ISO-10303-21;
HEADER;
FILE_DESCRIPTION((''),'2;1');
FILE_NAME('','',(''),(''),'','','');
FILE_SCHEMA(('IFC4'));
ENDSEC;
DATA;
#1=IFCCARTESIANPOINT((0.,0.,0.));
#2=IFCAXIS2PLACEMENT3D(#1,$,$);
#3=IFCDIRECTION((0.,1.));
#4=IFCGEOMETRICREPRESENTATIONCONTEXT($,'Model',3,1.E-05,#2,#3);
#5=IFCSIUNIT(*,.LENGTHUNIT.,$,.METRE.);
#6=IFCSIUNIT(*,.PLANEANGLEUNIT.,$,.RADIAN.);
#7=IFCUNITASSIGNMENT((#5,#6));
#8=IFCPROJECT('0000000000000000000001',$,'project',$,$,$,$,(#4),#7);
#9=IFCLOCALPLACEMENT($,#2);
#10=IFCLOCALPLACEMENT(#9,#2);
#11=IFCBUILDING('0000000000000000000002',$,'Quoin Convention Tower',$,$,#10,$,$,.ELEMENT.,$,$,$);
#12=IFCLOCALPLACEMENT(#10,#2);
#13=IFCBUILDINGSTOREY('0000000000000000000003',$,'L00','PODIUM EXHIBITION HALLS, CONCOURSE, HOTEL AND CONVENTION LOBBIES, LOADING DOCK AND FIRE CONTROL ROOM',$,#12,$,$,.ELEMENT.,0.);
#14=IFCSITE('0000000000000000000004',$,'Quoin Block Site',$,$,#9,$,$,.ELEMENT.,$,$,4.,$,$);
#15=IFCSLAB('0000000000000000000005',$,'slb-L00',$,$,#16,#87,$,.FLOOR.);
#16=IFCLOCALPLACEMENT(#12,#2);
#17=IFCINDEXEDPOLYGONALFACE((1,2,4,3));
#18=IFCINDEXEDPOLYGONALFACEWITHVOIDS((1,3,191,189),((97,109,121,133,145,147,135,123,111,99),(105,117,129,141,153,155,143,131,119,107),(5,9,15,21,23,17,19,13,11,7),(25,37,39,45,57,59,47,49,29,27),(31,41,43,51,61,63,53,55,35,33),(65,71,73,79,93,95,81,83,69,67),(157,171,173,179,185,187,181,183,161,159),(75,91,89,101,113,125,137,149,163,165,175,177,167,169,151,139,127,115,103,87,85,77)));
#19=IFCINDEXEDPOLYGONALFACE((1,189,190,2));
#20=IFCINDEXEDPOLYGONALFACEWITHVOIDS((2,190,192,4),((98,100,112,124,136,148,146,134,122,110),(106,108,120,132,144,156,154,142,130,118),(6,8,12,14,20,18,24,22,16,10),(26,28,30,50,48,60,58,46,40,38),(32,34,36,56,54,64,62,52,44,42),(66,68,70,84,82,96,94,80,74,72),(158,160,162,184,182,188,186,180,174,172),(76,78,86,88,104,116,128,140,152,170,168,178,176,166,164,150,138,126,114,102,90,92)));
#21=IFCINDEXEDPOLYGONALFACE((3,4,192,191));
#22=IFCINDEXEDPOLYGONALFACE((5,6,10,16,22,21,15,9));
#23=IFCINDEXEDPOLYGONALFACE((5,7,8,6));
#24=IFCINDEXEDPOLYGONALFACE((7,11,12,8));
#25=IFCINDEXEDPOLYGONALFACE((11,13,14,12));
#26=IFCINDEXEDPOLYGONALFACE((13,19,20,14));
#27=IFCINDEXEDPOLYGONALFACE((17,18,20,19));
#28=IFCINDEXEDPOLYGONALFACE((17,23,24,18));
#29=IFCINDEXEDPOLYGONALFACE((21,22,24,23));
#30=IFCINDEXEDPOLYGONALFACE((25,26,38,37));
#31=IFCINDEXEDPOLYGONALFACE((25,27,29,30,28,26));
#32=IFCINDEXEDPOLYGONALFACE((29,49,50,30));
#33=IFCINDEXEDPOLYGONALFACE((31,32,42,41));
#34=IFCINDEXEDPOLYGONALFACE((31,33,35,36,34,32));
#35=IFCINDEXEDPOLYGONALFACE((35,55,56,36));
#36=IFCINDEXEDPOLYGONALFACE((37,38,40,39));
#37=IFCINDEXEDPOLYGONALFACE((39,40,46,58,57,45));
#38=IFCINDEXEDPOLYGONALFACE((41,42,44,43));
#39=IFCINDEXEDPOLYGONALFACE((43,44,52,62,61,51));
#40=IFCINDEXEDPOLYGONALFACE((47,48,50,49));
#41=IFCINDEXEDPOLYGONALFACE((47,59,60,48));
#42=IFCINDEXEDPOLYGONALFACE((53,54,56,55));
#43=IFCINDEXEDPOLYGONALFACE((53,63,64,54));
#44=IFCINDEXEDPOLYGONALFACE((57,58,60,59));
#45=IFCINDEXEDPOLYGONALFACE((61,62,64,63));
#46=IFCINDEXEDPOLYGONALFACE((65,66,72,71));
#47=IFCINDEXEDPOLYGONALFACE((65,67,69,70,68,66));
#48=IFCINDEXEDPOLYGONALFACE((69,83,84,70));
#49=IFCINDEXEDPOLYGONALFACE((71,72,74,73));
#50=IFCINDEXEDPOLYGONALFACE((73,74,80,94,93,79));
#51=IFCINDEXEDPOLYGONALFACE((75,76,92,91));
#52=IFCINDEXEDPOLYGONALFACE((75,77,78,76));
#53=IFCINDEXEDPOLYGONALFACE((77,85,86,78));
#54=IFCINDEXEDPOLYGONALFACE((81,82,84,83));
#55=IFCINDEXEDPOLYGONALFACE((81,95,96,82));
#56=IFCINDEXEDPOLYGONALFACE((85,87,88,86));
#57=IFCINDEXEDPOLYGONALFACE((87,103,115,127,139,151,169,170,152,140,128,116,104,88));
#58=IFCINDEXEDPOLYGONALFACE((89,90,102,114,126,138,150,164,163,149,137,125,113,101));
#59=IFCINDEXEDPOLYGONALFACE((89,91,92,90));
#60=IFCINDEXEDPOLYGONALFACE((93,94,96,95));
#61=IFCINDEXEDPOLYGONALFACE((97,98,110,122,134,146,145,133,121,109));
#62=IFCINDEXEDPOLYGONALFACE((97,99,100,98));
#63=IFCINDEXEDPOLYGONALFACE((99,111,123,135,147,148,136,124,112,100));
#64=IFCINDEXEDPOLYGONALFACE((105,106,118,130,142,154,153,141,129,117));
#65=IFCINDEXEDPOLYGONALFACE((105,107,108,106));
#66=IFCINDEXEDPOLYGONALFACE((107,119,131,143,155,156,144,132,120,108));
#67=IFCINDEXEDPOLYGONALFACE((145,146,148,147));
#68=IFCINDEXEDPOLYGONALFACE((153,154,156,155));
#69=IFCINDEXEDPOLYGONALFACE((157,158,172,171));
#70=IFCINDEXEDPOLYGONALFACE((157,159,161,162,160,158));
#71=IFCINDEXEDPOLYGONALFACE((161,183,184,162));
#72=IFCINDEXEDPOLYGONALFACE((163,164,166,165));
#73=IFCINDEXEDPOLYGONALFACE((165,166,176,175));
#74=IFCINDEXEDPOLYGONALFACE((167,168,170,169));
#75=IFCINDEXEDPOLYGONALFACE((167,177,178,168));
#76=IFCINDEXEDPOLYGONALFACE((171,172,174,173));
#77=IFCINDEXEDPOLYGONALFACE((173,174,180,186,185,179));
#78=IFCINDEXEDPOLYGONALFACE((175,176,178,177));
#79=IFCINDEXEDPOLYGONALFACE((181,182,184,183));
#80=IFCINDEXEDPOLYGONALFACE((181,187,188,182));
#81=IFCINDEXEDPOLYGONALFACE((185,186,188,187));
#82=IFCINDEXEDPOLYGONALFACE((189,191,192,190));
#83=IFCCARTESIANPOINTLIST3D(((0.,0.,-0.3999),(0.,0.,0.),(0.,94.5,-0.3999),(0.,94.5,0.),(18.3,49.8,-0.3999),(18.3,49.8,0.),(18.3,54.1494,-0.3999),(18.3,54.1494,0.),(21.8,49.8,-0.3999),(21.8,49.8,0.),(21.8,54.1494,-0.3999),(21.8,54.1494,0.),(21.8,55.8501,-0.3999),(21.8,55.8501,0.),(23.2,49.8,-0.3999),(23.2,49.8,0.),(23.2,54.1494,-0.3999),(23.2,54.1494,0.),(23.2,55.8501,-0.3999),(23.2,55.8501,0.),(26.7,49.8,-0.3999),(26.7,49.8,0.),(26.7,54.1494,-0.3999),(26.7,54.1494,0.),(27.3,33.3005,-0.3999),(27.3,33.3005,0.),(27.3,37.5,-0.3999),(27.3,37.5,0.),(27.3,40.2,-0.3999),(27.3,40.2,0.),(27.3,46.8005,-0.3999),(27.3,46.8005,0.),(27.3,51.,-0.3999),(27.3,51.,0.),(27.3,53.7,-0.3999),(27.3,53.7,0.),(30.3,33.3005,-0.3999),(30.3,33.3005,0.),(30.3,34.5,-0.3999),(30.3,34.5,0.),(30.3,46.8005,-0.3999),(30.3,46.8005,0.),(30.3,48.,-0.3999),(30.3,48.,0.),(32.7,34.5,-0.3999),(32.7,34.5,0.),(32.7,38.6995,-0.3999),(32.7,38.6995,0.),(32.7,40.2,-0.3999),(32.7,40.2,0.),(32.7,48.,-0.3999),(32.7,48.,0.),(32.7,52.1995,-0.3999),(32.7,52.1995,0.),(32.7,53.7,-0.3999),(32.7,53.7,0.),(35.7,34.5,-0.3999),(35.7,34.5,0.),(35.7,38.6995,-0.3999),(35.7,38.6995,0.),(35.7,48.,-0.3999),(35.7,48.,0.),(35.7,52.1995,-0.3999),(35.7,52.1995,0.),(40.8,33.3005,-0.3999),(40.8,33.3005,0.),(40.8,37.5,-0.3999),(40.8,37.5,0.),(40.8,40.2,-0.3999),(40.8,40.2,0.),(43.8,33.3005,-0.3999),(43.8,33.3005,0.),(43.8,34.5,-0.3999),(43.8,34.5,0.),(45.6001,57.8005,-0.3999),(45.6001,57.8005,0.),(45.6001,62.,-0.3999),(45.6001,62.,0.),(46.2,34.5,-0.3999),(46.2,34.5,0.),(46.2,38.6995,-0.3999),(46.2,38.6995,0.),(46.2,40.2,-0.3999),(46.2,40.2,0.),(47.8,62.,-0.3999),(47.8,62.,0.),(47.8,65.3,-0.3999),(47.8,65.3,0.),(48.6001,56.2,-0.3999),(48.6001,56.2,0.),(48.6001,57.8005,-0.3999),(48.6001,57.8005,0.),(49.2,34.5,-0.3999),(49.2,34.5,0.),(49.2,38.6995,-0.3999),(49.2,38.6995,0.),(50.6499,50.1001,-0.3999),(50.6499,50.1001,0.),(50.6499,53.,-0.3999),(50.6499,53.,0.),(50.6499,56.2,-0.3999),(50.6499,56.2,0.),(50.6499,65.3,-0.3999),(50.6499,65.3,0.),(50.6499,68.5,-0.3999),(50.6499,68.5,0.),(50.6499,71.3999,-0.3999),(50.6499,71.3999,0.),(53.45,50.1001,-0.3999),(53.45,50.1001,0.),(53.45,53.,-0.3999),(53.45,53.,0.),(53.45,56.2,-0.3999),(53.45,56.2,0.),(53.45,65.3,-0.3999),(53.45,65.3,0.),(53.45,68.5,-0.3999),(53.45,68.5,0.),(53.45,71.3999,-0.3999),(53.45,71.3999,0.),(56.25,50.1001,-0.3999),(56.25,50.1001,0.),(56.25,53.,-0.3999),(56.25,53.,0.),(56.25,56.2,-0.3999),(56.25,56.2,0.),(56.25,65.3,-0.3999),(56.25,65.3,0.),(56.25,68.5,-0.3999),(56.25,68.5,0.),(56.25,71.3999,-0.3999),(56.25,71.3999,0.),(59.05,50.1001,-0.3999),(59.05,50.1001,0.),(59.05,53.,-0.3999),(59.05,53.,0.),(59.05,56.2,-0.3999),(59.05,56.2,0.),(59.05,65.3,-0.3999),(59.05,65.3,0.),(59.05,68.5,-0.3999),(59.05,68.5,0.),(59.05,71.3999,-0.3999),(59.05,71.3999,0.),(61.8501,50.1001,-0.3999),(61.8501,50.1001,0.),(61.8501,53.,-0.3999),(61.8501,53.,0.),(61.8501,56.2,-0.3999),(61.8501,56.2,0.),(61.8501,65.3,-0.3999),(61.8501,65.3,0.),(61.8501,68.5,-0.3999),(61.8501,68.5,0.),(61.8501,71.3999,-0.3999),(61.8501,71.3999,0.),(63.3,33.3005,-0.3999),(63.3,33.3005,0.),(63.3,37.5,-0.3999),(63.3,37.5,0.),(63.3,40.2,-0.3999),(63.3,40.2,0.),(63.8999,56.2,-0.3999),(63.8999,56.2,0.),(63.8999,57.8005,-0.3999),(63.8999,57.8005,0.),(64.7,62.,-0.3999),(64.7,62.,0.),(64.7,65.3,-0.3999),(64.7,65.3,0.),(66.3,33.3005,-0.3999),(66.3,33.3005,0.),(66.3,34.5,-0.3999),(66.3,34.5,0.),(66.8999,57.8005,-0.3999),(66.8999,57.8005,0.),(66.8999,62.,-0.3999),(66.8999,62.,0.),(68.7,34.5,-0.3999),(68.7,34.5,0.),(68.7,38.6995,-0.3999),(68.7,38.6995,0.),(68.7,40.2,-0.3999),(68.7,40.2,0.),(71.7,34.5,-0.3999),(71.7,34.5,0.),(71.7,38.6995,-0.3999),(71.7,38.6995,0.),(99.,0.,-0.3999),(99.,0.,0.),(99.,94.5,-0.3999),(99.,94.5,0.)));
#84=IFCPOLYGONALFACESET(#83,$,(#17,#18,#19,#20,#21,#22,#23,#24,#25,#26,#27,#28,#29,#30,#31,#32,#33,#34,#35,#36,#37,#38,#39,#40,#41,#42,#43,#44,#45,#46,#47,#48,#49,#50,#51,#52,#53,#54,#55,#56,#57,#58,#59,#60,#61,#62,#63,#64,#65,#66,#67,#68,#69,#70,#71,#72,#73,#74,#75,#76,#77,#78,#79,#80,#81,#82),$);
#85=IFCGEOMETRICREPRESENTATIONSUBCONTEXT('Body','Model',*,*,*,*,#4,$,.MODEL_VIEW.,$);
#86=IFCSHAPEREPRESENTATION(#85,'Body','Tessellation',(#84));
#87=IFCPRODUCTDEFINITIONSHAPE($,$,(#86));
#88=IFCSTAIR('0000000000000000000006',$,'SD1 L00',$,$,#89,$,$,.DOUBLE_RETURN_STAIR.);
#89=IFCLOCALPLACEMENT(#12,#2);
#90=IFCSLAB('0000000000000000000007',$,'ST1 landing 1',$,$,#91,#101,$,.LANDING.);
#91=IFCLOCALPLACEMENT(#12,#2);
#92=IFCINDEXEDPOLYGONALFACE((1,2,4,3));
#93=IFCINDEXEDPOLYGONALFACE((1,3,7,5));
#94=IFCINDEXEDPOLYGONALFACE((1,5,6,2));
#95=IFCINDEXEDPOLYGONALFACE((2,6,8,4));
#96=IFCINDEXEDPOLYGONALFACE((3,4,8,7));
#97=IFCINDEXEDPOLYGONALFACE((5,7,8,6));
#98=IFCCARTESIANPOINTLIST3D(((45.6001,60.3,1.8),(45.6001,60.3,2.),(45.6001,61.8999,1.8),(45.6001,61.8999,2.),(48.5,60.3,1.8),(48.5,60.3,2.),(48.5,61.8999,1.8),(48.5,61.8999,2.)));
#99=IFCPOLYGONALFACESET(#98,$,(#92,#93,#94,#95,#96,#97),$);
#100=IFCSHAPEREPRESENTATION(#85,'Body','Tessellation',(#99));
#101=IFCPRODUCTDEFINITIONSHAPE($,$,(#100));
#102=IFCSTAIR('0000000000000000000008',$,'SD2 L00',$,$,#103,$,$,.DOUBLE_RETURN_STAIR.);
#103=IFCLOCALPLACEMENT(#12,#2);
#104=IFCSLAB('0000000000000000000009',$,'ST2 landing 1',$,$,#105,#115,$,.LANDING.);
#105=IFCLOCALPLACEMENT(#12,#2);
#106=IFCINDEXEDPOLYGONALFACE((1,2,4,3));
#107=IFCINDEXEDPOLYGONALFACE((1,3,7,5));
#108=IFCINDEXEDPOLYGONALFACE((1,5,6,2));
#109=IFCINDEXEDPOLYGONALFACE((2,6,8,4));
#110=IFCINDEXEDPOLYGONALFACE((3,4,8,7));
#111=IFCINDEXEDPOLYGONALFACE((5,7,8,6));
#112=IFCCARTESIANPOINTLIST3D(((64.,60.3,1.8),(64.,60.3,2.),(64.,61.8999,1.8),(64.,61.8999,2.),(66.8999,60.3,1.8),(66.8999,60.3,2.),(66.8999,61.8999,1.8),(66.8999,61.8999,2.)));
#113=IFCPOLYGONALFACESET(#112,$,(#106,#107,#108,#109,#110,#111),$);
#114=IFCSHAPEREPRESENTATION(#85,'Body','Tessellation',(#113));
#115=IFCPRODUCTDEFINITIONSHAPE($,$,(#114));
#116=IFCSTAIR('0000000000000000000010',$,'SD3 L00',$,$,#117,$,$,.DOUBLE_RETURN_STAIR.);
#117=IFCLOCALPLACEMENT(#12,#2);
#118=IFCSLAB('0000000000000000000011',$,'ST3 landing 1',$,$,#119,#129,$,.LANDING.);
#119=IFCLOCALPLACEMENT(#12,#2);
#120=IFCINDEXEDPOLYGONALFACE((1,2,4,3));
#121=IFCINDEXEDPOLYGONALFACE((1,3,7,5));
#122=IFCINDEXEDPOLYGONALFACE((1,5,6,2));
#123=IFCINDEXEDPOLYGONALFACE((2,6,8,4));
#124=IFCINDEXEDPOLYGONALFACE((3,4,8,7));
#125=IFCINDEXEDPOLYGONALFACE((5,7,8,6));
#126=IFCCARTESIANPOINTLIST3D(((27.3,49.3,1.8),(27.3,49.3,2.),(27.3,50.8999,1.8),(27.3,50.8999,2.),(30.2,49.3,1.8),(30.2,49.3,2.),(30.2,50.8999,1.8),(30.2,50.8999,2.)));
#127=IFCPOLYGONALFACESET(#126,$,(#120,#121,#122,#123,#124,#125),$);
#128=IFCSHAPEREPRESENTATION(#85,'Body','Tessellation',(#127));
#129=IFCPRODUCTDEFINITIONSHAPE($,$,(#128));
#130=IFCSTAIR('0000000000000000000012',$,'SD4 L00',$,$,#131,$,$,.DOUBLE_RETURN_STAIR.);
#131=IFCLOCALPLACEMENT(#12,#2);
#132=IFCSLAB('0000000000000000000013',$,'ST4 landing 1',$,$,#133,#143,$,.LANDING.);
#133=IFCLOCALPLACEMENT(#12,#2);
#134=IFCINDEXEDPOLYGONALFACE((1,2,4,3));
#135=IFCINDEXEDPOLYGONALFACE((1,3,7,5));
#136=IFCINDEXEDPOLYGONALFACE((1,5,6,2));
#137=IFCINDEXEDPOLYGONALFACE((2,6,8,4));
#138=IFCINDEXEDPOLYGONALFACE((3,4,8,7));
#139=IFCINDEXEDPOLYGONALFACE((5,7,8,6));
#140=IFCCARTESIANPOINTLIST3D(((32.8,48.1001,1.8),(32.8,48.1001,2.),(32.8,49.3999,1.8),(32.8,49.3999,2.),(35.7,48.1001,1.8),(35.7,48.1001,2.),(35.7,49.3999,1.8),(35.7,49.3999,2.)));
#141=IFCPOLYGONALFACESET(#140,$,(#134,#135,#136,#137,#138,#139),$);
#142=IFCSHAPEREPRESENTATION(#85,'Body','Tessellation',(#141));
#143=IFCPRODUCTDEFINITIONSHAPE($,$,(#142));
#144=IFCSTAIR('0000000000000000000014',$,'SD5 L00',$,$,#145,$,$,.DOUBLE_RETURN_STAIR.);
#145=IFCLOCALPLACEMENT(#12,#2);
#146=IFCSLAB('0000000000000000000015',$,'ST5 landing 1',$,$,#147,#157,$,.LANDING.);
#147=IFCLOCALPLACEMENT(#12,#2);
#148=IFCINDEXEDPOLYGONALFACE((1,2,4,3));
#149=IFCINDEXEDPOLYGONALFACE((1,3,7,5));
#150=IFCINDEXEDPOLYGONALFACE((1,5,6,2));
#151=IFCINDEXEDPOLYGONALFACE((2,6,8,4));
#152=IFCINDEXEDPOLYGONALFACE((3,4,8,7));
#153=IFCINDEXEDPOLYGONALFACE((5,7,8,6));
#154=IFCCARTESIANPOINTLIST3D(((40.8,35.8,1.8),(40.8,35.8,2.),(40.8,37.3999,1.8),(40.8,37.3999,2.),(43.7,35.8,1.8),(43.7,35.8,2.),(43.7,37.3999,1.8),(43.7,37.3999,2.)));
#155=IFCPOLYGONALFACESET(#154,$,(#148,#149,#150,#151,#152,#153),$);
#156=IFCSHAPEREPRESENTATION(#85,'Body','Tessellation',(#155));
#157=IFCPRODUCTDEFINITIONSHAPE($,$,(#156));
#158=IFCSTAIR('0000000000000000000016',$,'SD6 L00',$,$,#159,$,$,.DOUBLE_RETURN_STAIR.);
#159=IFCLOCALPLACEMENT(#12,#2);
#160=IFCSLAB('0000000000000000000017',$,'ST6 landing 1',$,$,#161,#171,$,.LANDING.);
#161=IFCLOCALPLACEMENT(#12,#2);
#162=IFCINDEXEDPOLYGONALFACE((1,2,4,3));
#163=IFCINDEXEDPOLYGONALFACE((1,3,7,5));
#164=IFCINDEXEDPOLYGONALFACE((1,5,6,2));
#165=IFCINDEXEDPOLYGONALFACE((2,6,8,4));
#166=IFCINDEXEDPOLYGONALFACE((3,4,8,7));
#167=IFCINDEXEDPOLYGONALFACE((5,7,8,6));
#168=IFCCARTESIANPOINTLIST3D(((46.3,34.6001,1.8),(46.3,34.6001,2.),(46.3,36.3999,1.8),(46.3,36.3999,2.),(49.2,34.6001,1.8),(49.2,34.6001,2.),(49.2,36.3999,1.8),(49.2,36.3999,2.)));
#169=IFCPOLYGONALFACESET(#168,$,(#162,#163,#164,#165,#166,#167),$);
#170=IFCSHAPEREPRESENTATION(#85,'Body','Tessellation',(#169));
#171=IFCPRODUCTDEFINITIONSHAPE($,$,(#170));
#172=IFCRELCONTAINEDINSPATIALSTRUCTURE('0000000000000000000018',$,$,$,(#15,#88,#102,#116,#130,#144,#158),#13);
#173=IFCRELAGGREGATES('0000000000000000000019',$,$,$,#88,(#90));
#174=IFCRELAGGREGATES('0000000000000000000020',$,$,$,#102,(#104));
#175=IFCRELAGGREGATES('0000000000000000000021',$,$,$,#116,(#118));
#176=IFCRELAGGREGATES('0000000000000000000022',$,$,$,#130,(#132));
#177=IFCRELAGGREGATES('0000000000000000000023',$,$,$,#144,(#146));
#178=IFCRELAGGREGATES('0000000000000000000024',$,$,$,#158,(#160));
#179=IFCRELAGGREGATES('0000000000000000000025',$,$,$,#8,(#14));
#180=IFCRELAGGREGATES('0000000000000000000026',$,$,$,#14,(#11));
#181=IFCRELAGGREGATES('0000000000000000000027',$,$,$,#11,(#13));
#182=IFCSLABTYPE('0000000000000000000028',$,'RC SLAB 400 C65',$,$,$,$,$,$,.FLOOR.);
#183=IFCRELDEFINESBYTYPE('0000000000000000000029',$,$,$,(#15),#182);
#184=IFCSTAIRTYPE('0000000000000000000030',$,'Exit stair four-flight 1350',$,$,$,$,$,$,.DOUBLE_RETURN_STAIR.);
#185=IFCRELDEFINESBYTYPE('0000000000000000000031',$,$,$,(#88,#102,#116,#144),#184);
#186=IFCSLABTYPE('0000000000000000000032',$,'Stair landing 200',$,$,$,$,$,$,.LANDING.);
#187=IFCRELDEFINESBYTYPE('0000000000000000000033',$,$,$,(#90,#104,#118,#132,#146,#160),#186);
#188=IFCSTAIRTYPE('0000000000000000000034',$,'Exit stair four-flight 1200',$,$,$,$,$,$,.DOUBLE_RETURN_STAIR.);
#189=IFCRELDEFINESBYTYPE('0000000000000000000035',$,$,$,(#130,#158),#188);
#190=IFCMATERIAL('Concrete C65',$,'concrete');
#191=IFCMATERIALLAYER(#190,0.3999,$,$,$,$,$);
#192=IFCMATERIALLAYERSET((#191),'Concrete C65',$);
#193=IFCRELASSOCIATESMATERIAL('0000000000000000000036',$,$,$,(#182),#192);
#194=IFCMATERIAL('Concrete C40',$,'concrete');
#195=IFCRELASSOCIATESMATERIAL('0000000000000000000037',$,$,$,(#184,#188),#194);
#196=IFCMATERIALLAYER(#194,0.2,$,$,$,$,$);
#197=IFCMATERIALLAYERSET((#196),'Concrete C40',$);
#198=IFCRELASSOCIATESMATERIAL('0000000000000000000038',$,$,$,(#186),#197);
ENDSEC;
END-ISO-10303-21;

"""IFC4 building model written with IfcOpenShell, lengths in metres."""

from ifc_helpers import new_model, si_unit, direction, frame, origin, place, context, subcontext, project, spatial, polyline, outline, extrude, material, layer, layer_set, type_object, element, aggregate, save


model = new_model("IFC4")

# Units and contexts
model_context = context("Model", 3, precision=1e-05, world=origin(), true_north=direction((0.0, 1.0)))
body_context = subcontext(model_context, "Body", "Model", "MODEL_VIEW")
ifc_project = project(units=[si_unit("LENGTHUNIT", "METRE"), si_unit("PLANEANGLEUNIT", "RADIAN")], contexts=[model_context])

# Site, building, storey
site_placement = place(None, origin())
site = spatial("IfcSite", under=ifc_project, at=site_placement, Name="Quoin Block Site", CompositionType="ELEMENT", RefElevation=4.0)
building_placement = place(site_placement, origin())
building = spatial("IfcBuilding", under=site, at=building_placement, Name="Quoin Convention Tower", CompositionType="ELEMENT")
storey_placement = place(building_placement, origin())
storey = spatial("IfcBuildingStorey", under=building, at=storey_placement, Name="L00", Description="PODIUM EXHIBITION HALLS, CONCOURSE, HOTEL AND CONVENTION LOBBIES, LOADING DOCK AND FIRE CONTROL ROOM", CompositionType="ELEMENT", Elevation=0.0)

# Shared definitions
ifc_material_1 = material(Name="Concrete C40", Category="concrete")

# Slab
ifc_material_2 = material(Name="Concrete C65", Category="concrete")
ifc_layer_1 = layer(ifc_material_2, 0.3999)
ifc_layer_set_1 = layer_set([ifc_layer_1], Name="Concrete C65")
slab_type_1 = type_object("IfcSlabType", Name="RC SLAB 400 C65", PredefinedType="FLOOR", material=ifc_layer_set_1)
slab_1_placement = place(storey_placement, frame((0.0, 0.0, -0.3999)))
element("IfcSlab", 1, at=slab_1_placement, inside=storey, type_object=slab_type_1, Name="slb-L00", PredefinedType="FLOOR", context=body_context, shape_type="SweptSolid", body=[
    extrude(outline(polyline([(0.0, 0.0), (0.0, 94.5), (99.0, 94.5), (99.0, 0.0), (0.0, 0.0)]), holes=[polyline([(35.7, 34.5), (35.7, 38.6995), (32.7, 38.6995), (32.7, 40.2), (27.3, 40.2), (27.3, 37.5), (27.3, 33.3005), (30.3, 33.3005), (30.3, 34.5), (32.7, 34.5), (35.7, 34.5)]), polyline([(43.8, 34.5), (46.2, 34.5), (49.2, 34.5), (49.2, 38.6995), (46.2, 38.6995), (46.2, 40.2), (40.8, 40.2), (40.8, 37.5), (40.8, 33.3005), (43.8, 33.3005), (43.8, 34.5)]), polyline([(35.7, 52.1995), (32.7, 52.1995), (32.7, 53.7), (27.3, 53.7), (27.3, 51.0), (27.3, 46.8005), (30.3, 46.8005), (30.3, 48.0), (32.7, 48.0), (35.7, 48.0), (35.7, 52.1995)]), polyline([(21.8, 55.8501), (21.8, 54.1494), (18.3, 54.1494), (18.3, 49.8), (21.8, 49.8), (23.2, 49.8), (26.7, 49.8), (26.7, 54.1494), (23.2, 54.1494), (23.2, 55.8501), (21.8, 55.8501)]), polyline([(56.25, 50.1001), (59.05, 50.1001), (61.8501, 50.1001), (61.8501, 53.0), (59.05, 53.0), (56.25, 53.0), (53.45, 53.0), (50.6499, 53.0), (50.6499, 50.1001), (53.45, 50.1001), (56.25, 50.1001)]), polyline([(56.25, 56.2), (59.05, 56.2), (61.8501, 56.2), (63.8999, 56.2), (63.8999, 57.8005), (66.8999, 57.8005), (66.8999, 62.0), (64.7, 62.0), (64.7, 65.3), (61.8501, 65.3), (59.05, 65.3), (56.25, 65.3), (53.45, 65.3), (50.6499, 65.3), (47.8, 65.3), (47.8, 62.0), (45.6001, 62.0), (45.6001, 57.8005), (48.6001, 57.8005), (48.6001, 56.2), (50.6499, 56.2), (53.45, 56.2), (56.25, 56.2)]), polyline([(50.6499, 71.3999), (50.6499, 68.5), (53.45, 68.5), (56.25, 68.5), (59.05, 68.5), (61.8501, 68.5), (61.8501, 71.3999), (59.05, 71.3999), (56.25, 71.3999), (53.45, 71.3999), (50.6499, 71.3999)]), polyline([(71.7, 38.6995), (68.7, 38.6995), (68.7, 40.2), (63.3, 40.2), (63.3, 37.5), (63.3, 33.3005), (66.3, 33.3005), (66.3, 34.5), (68.7, 34.5), (71.7, 34.5), (71.7, 38.6995)])]), origin(), (0.0, 0.0, 1.0), 0.3999),
])

# Stairs, slabs
stair_type_1 = type_object("IfcStairType", Name="Exit stair four-flight 1350", PredefinedType="DOUBLE_RETURN_STAIR", material=ifc_material_1)
stair_1_placement = place(storey_placement, origin())
stair_1 = element("IfcStair", 2, at=stair_1_placement, inside=storey, type_object=stair_type_1, Name="SD1 L00", PredefinedType="DOUBLE_RETURN_STAIR")
ifc_layer_2 = layer(ifc_material_1, 0.2)
ifc_layer_set_2 = layer_set([ifc_layer_2], Name="Concrete C40")
slab_type_2 = type_object("IfcSlabType", Name="Stair landing 200", PredefinedType="LANDING", material=ifc_layer_set_2)
slab_2_placement = place(storey_placement, frame((0.0, 0.0, 1.8)))
slab_2 = element("IfcSlab", 3, at=slab_2_placement, type_object=slab_type_2, Name="ST1 landing 1", PredefinedType="LANDING", context=body_context, shape_type="SweptSolid", body=[
    extrude(outline(polyline([(45.6001, 60.3), (48.5, 60.3), (48.5, 61.8999), (45.6001, 61.8999), (45.6001, 60.3)])), origin(), (0.0, 0.0, 1.0), 0.2),
])
aggregate(stair_1, [slab_2])
stair_2_placement = place(storey_placement, origin())
stair_2 = element("IfcStair", 4, at=stair_2_placement, inside=storey, type_object=stair_type_1, Name="SD2 L00", PredefinedType="DOUBLE_RETURN_STAIR")
slab_3_placement = place(storey_placement, frame((0.0, 0.0, 1.8)))
slab_3 = element("IfcSlab", 5, at=slab_3_placement, type_object=slab_type_2, Name="ST2 landing 1", PredefinedType="LANDING", context=body_context, shape_type="SweptSolid", body=[
    extrude(outline(polyline([(64.0, 60.3), (66.8999, 60.3), (66.8999, 61.8999), (64.0, 61.8999), (64.0, 60.3)])), origin(), (0.0, 0.0, 1.0), 0.2),
])
aggregate(stair_2, [slab_3])
stair_3_placement = place(storey_placement, origin())
stair_3 = element("IfcStair", 6, at=stair_3_placement, inside=storey, type_object=stair_type_1, Name="SD3 L00", PredefinedType="DOUBLE_RETURN_STAIR")
slab_4_placement = place(storey_placement, frame((0.0, 0.0, 1.8)))
slab_4 = element("IfcSlab", 7, at=slab_4_placement, type_object=slab_type_2, Name="ST3 landing 1", PredefinedType="LANDING", context=body_context, shape_type="SweptSolid", body=[
    extrude(outline(polyline([(27.3, 49.3), (30.2, 49.3), (30.2, 50.8999), (27.3, 50.8999), (27.3, 49.3)])), origin(), (0.0, 0.0, 1.0), 0.2),
])
aggregate(stair_3, [slab_4])
stair_type_2 = type_object("IfcStairType", Name="Exit stair four-flight 1200", PredefinedType="DOUBLE_RETURN_STAIR", material=ifc_material_1)
stair_4_placement = place(storey_placement, origin())
stair_4 = element("IfcStair", 8, at=stair_4_placement, inside=storey, type_object=stair_type_2, Name="SD4 L00", PredefinedType="DOUBLE_RETURN_STAIR")
slab_5_placement = place(storey_placement, frame((0.0, 0.0, 1.8)))
slab_5 = element("IfcSlab", 9, at=slab_5_placement, type_object=slab_type_2, Name="ST4 landing 1", PredefinedType="LANDING", context=body_context, shape_type="SweptSolid", body=[
    extrude(outline(polyline([(35.7, 49.3999), (32.8, 49.3999), (32.8, 48.1001), (35.7, 48.1001), (35.7, 49.3999)])), origin(), (0.0, 0.0, 1.0), 0.2),
])
aggregate(stair_4, [slab_5])
stair_5_placement = place(storey_placement, origin())
stair_5 = element("IfcStair", 10, at=stair_5_placement, inside=storey, type_object=stair_type_1, Name="SD5 L00", PredefinedType="DOUBLE_RETURN_STAIR")
slab_6_placement = place(storey_placement, frame((0.0, 0.0, 1.8)))
slab_6 = element("IfcSlab", 11, at=slab_6_placement, type_object=slab_type_2, Name="ST5 landing 1", PredefinedType="LANDING", context=body_context, shape_type="SweptSolid", body=[
    extrude(outline(polyline([(40.8, 35.8), (43.7, 35.8), (43.7, 37.3999), (40.8, 37.3999), (40.8, 35.8)])), origin(), (0.0, 0.0, 1.0), 0.2),
])
aggregate(stair_5, [slab_6])

# Stair, slab
stair_6_placement = place(storey_placement, origin())
stair_6 = element("IfcStair", 12, at=stair_6_placement, inside=storey, type_object=stair_type_2, Name="SD6 L00", PredefinedType="DOUBLE_RETURN_STAIR")
slab_7_placement = place(storey_placement, frame((0.0, 0.0, 1.8)))
slab_7 = element("IfcSlab", 13, at=slab_7_placement, type_object=slab_type_2, Name="ST6 landing 1", PredefinedType="LANDING", context=body_context, shape_type="SweptSolid", body=[
    extrude(outline(polyline([(49.2, 36.3999), (46.3, 36.3999), (46.3, 34.6001), (49.2, 34.6001), (49.2, 36.3999)])), origin(), (0.0, 0.0, 1.0), 0.2),
])
aggregate(stair_6, [slab_7])

save(model, "model.ifc")
